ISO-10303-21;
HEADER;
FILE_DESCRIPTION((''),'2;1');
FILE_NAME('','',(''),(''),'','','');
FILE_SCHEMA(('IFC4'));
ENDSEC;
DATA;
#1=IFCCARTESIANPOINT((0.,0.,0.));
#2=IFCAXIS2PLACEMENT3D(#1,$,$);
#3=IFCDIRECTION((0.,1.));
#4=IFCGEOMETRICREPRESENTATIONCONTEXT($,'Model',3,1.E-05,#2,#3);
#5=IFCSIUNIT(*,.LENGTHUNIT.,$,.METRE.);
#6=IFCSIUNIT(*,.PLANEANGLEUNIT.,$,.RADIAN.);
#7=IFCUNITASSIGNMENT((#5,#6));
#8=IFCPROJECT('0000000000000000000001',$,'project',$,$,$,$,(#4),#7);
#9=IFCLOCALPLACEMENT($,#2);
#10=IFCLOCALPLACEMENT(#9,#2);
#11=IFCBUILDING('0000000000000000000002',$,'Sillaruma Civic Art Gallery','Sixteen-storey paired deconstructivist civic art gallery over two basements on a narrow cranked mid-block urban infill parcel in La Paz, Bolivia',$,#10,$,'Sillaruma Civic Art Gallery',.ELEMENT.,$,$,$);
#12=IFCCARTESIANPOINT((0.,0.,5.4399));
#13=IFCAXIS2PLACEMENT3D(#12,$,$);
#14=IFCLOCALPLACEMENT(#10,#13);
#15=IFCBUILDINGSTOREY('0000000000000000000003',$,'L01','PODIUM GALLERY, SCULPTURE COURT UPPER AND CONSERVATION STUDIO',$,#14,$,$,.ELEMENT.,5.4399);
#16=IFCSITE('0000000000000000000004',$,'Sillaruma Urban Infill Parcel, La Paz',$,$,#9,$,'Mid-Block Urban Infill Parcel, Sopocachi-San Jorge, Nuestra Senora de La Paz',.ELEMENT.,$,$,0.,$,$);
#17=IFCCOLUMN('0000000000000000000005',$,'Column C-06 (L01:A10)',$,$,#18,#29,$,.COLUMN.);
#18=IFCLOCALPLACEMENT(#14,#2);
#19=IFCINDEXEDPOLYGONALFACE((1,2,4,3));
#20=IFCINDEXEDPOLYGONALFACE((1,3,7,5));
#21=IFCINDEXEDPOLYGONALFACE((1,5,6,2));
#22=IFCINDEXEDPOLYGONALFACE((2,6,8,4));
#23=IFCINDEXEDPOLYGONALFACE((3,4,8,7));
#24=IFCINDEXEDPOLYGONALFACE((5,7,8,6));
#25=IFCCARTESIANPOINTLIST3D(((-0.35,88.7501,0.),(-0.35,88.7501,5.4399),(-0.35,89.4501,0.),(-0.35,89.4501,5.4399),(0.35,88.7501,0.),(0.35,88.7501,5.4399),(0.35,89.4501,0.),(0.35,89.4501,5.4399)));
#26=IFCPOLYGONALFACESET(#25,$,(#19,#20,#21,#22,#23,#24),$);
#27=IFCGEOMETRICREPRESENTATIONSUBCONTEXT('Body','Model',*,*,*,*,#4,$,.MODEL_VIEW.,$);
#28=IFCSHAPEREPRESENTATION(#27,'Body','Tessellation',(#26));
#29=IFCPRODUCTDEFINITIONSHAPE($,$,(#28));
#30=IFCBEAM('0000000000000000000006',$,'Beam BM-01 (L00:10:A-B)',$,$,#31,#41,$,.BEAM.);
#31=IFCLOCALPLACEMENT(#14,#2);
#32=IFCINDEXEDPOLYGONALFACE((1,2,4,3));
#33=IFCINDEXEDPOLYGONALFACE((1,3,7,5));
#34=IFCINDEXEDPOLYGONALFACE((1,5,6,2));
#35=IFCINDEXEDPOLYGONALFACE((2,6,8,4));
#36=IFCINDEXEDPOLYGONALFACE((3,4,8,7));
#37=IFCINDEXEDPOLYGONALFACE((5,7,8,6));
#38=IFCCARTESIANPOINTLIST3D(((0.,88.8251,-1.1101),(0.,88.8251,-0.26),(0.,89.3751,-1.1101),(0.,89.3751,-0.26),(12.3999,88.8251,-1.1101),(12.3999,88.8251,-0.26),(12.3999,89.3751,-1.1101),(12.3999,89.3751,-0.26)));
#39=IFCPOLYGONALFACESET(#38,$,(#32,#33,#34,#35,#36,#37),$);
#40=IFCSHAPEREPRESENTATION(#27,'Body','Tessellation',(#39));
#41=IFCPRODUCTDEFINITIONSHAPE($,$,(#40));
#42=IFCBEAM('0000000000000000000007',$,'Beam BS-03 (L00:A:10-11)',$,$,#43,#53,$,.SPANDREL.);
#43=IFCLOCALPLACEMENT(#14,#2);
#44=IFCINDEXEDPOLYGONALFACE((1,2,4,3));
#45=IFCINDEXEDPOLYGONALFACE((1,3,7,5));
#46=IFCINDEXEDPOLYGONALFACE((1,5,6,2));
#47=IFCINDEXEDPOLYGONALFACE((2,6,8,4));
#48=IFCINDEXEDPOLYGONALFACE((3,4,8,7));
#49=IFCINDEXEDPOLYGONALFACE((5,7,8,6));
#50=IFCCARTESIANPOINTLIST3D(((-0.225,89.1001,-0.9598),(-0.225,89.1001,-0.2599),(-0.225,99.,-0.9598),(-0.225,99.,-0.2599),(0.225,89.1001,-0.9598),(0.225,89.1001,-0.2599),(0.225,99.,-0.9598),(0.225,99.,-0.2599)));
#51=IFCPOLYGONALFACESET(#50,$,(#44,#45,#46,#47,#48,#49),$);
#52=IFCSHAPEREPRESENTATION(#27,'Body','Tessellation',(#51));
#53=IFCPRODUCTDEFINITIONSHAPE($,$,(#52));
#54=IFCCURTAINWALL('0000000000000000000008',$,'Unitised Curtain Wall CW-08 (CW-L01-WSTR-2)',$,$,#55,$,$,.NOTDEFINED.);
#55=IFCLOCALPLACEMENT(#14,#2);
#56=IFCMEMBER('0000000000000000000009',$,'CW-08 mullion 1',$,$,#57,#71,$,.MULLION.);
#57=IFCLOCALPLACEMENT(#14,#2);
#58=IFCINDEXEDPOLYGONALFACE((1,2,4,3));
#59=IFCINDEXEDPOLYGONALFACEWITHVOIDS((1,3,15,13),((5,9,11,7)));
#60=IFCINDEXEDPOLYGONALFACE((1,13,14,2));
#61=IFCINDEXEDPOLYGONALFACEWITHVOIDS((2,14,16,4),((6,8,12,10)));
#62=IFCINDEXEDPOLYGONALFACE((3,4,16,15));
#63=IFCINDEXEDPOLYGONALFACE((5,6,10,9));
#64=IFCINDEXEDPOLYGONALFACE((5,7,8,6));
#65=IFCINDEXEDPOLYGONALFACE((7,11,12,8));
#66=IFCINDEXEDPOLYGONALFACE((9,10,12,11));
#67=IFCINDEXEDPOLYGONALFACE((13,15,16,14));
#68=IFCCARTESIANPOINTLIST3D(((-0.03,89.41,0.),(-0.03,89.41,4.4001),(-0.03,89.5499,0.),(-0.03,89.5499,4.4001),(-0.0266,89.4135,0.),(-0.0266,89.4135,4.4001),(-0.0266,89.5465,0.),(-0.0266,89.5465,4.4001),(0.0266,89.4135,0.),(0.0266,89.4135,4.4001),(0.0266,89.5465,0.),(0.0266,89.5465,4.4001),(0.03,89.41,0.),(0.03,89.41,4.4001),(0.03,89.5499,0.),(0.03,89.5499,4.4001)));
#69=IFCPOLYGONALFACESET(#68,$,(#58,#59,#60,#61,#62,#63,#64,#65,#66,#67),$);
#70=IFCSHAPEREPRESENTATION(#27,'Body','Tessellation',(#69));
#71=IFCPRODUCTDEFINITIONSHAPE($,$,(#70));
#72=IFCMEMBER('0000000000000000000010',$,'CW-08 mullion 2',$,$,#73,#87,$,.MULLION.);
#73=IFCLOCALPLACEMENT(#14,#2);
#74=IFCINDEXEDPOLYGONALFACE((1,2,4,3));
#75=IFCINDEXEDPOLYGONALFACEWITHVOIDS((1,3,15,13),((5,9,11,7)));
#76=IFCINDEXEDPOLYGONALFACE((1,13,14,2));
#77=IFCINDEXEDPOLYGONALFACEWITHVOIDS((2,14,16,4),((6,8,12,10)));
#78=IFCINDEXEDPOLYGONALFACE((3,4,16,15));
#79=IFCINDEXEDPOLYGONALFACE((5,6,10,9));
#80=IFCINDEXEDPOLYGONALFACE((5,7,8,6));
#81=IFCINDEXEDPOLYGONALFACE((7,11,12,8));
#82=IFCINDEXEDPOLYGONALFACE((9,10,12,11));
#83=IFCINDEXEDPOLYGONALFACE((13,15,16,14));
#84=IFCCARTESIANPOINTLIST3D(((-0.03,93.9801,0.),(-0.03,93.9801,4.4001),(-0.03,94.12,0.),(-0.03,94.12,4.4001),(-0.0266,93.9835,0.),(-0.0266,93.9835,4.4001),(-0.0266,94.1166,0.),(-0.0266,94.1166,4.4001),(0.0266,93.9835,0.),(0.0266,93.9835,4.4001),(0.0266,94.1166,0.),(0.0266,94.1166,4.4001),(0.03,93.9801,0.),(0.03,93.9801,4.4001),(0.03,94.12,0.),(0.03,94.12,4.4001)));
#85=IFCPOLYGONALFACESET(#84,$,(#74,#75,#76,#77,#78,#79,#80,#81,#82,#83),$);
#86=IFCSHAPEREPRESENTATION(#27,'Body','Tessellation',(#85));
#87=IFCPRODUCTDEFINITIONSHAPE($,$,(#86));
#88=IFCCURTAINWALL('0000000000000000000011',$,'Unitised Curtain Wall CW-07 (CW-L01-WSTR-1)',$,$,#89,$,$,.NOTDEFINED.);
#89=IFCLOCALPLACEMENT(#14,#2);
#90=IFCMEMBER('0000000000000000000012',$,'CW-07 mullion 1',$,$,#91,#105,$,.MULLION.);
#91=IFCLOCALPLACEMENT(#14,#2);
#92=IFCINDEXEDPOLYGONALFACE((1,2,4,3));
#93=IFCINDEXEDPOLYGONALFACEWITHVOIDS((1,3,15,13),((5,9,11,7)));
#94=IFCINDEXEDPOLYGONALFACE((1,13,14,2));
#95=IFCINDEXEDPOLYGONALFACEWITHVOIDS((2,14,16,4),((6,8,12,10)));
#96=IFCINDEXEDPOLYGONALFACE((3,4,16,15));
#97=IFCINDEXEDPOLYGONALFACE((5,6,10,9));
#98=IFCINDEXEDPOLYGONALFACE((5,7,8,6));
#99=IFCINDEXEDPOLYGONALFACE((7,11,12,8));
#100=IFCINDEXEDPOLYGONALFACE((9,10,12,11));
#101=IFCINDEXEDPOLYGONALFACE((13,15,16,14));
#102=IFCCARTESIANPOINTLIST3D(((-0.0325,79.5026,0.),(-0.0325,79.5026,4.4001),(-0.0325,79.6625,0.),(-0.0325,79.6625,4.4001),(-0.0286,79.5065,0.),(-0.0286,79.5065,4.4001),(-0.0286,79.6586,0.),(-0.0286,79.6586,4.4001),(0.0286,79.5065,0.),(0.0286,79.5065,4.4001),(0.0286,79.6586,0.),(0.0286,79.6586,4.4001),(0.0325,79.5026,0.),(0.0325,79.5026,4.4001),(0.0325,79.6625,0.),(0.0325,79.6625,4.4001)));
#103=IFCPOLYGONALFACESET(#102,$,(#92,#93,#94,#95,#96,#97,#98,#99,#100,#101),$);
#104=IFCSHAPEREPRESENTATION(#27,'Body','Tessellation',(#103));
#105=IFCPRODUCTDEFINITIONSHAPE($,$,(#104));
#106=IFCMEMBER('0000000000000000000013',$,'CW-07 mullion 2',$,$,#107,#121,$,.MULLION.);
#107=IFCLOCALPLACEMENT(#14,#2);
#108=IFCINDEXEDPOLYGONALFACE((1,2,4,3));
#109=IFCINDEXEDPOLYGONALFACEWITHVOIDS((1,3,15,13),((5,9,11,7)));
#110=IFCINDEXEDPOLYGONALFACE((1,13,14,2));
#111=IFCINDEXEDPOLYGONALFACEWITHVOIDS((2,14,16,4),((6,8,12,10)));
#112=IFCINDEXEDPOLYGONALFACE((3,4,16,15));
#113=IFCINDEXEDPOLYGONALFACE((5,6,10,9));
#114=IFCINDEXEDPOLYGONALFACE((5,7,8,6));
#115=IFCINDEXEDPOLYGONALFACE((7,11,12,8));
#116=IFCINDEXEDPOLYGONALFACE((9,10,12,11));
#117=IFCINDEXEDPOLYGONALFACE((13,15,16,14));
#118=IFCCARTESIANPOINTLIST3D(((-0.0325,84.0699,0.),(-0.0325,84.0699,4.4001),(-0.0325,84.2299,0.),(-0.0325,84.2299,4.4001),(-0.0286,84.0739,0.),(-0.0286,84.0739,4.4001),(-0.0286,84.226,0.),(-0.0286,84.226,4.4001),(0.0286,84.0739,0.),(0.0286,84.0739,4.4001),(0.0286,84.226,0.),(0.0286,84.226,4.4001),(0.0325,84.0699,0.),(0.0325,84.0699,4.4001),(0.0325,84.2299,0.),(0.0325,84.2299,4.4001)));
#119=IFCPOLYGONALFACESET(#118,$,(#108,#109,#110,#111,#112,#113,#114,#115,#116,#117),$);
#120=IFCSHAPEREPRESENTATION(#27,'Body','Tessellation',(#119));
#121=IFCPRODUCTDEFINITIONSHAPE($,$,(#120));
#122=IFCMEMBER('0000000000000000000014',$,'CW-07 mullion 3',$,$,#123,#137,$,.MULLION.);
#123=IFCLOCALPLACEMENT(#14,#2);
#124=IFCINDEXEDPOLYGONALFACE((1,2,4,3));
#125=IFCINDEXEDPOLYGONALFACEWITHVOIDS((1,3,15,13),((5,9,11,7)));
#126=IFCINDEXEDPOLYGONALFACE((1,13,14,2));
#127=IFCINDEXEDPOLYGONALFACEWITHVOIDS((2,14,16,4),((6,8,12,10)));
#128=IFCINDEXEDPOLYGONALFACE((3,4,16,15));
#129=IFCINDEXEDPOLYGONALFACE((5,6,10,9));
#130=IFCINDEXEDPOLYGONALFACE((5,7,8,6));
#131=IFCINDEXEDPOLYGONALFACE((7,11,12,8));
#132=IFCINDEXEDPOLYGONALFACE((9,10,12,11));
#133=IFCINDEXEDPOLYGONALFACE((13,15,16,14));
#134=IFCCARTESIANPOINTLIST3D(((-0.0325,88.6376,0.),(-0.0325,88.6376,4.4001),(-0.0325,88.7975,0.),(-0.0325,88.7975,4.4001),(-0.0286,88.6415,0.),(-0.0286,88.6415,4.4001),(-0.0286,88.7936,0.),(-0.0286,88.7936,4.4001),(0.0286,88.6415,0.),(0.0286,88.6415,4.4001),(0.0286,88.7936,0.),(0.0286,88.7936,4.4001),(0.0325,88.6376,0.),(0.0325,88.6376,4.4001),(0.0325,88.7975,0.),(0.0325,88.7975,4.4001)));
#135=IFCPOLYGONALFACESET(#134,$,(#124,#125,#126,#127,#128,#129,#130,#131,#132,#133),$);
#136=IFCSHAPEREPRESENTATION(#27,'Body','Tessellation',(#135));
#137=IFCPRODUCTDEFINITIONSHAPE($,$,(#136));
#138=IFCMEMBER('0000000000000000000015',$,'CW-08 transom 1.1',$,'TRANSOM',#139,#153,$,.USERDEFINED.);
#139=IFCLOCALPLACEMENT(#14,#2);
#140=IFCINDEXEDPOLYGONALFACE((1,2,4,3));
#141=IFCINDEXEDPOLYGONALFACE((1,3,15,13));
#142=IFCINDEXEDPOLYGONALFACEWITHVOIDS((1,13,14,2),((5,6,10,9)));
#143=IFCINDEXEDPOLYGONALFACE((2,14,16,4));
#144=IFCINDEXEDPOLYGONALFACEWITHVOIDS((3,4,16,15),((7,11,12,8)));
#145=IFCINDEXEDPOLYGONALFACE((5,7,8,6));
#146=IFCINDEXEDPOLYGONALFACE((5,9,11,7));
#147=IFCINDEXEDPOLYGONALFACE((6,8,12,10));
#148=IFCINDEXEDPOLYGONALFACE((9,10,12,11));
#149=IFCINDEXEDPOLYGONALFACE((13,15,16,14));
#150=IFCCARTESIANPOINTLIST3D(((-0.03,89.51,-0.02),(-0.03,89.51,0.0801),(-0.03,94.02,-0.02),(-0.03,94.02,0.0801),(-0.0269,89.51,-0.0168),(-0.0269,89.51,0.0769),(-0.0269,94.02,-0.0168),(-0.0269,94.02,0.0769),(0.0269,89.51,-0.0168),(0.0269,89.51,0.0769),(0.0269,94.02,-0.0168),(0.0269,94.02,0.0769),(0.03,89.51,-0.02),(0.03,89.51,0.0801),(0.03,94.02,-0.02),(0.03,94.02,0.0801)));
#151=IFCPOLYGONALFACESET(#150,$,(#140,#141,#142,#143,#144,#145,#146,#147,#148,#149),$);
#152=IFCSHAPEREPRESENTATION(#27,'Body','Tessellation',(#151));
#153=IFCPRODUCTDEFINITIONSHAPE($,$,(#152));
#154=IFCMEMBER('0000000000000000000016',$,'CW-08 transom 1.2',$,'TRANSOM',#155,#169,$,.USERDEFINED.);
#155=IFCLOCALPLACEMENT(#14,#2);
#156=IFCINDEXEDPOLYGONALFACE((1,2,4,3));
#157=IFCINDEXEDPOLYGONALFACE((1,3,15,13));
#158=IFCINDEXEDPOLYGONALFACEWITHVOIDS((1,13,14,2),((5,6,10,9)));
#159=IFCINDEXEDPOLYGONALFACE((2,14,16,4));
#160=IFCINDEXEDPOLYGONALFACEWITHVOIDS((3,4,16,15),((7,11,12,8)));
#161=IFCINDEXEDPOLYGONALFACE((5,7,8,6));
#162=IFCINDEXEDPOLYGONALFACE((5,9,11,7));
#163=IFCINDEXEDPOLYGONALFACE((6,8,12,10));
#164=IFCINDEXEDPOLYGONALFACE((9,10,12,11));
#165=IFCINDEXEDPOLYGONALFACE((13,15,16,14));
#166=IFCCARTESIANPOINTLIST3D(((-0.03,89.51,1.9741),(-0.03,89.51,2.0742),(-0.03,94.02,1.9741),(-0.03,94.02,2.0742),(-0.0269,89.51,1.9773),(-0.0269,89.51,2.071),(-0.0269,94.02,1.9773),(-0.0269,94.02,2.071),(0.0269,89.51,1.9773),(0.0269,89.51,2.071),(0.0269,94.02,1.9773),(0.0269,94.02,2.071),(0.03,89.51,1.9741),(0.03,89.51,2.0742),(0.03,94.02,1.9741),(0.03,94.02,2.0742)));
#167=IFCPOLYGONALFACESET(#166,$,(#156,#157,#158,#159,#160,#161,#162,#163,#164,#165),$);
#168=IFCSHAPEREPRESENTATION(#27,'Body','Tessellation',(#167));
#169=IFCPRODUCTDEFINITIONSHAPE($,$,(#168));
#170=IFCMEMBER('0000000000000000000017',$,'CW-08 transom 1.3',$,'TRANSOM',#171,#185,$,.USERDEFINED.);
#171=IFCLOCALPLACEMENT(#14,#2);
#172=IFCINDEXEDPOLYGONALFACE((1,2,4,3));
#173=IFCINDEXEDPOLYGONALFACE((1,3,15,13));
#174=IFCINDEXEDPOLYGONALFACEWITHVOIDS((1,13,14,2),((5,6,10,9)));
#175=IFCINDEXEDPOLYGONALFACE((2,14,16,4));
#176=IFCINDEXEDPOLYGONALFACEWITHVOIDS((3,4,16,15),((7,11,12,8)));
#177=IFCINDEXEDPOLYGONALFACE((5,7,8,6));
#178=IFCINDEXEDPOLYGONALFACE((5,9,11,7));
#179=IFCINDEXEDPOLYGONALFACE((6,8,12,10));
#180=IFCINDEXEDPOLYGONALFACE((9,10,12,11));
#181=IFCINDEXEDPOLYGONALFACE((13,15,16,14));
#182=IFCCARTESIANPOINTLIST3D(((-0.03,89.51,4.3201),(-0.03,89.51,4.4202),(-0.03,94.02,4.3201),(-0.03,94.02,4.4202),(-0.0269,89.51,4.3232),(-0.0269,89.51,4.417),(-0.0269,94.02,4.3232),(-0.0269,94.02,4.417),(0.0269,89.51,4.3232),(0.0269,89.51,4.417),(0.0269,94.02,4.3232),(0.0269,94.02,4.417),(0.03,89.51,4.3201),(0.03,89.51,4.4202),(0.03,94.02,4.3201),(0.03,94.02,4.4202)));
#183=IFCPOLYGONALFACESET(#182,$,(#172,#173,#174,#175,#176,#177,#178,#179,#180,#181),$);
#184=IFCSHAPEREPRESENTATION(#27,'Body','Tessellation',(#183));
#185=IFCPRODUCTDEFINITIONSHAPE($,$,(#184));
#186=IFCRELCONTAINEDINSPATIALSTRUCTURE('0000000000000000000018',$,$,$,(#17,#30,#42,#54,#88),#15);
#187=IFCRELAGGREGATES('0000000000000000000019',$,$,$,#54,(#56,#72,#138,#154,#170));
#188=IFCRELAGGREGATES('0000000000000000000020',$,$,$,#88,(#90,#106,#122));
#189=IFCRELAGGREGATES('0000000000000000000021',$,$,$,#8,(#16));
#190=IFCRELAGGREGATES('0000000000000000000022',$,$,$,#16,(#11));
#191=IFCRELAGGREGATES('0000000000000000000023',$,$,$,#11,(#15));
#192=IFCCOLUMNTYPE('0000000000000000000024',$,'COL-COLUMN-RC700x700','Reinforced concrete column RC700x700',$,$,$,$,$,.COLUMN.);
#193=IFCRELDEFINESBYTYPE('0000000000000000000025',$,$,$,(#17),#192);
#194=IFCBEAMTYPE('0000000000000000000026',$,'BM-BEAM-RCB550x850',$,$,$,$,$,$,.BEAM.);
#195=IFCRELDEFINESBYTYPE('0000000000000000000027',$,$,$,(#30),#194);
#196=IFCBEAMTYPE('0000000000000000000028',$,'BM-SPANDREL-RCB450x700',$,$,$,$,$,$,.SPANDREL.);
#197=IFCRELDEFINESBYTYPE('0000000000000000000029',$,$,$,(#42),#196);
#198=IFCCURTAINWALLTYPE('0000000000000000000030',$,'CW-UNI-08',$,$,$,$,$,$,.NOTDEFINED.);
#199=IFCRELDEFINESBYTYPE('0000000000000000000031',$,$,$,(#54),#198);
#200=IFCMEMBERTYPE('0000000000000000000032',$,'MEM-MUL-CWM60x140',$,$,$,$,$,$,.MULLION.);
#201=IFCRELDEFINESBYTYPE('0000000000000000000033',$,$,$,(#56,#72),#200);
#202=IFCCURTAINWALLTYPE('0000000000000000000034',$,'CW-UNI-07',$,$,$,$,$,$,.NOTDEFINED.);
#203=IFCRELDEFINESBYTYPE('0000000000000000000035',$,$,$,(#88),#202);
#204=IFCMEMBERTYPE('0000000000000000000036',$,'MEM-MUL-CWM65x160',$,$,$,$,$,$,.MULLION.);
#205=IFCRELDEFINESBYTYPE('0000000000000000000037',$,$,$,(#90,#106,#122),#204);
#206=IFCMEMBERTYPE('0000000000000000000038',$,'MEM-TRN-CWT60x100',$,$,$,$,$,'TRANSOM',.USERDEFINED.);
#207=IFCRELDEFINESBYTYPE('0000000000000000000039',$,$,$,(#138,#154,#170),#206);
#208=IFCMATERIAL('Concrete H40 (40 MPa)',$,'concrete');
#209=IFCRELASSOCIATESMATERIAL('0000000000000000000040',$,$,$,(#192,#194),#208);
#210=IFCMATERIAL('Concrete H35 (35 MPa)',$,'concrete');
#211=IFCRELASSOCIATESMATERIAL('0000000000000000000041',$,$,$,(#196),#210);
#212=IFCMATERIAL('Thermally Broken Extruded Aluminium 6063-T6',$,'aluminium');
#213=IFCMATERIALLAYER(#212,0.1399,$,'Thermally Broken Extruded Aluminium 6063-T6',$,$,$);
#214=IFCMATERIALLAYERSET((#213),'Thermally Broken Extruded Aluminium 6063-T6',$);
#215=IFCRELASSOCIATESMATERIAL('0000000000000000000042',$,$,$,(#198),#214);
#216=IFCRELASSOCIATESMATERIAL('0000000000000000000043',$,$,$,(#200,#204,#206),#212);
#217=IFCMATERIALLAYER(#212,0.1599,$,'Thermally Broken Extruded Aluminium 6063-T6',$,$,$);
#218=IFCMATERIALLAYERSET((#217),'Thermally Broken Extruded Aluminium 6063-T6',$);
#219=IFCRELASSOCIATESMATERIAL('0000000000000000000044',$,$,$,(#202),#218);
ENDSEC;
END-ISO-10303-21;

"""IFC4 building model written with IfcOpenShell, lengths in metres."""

from ifc_helpers import new_model, si_unit, direction, frame, origin, origin_2d, place, context, subcontext, project, spatial, rectangle, hollow_rectangle, extrude, material, layer, layer_set, material_profile, profile_set, type_object, element, aggregate, save


model = new_model("IFC4")

# Units and contexts
model_context = context("Model", 3, precision=1e-05, world=origin(), true_north=direction((0.0, 1.0)))
body_context = subcontext(model_context, "Body", "Model", "MODEL_VIEW")
ifc_project = project(units=[si_unit("LENGTHUNIT", "METRE"), si_unit("PLANEANGLEUNIT", "RADIAN")], contexts=[model_context])

# Site, building, storey
site_placement = place(None, origin())
site = spatial("IfcSite", under=ifc_project, at=site_placement, Name="Sillaruma Urban Infill Parcel, La Paz", LongName="Mid-Block Urban Infill Parcel, Sopocachi-San Jorge, Nuestra Senora de La Paz", CompositionType="ELEMENT", RefElevation=0.0)
building_placement = place(site_placement, origin())
building = spatial("IfcBuilding", under=site, at=building_placement, Name="Sillaruma Civic Art Gallery", Description="Sixteen-storey paired deconstructivist civic art gallery over two basements on a narrow cranked mid-block urban infill parcel in La Paz, Bolivia", LongName="Sillaruma Civic Art Gallery", CompositionType="ELEMENT")
storey_placement = place(building_placement, frame((0.0, 0.0, 5.4399)))
storey = spatial("IfcBuildingStorey", under=building, at=storey_placement, Name="L01", Description="PODIUM GALLERY, SCULPTURE COURT UPPER AND CONSERVATION STUDIO", CompositionType="ELEMENT", Elevation=5.4399)

# Column
ifc_material_1 = material(Name="Concrete H40 (40 MPa)", Category="concrete")
ifc_material_profile_1 = material_profile(ifc_material_1, rectangle(XDim=0.7, YDim=0.7, at=origin_2d()), Name="RC700x700")
ifc_profile_set_1 = profile_set([ifc_material_profile_1], Name="Concrete H40 (40 MPa)")
column_type = type_object("IfcColumnType", Name="COL-COLUMN-RC700x700", Description="Reinforced concrete column RC700x700", PredefinedType="COLUMN", material=ifc_profile_set_1)
column_placement = place(storey_placement, frame((0.0, 89.1001, 0.0), z_axis=(0.0, 0.0, 1.0), x_axis=(1.0, 0.0, 0.0)))
element("IfcColumn", 1, at=column_placement, inside=storey, type_object=column_type, Name="Column C-06 (L01:A10)", PredefinedType="COLUMN", context=body_context, shape_type="SweptSolid", body=[
    extrude(rectangle(XDim=0.7, YDim=0.7, at=origin_2d()), origin(), (0.0, 0.0, 1.0), 5.4399),
])

# Beams
ifc_material_profile_2 = material_profile(ifc_material_1, rectangle(XDim=0.55, YDim=0.8501, at=origin_2d()), Name="RCB550x850")
ifc_profile_set_2 = profile_set([ifc_material_profile_2], Name="Concrete H40 (40 MPa)")
beam_type_1 = type_object("IfcBeamType", Name="BM-BEAM-RCB550x850", PredefinedType="BEAM", material=ifc_profile_set_2)
beam_1_placement = place(storey_placement, frame((0.0, 89.1001, -0.6851), z_axis=(1.0, 0.0, 0.0), x_axis=(0.0, 1.0, 0.0)))
element("IfcBeam", 2, at=beam_1_placement, inside=storey, type_object=beam_type_1, Name="Beam BM-01 (L00:10:A-B)", PredefinedType="BEAM", context=body_context, shape_type="SweptSolid", body=[
    extrude(rectangle(XDim=0.55, YDim=0.8501, at=origin_2d()), origin(), (0.0, 0.0, 1.0), 12.3999),
])
ifc_material_2 = material(Name="Concrete H35 (35 MPa)", Category="concrete")
ifc_material_profile_3 = material_profile(ifc_material_2, rectangle(XDim=0.45, YDim=0.7, at=origin_2d()), Name="RCB450x700")
ifc_profile_set_3 = profile_set([ifc_material_profile_3], Name="Concrete H35 (35 MPa)")
beam_type_2 = type_object("IfcBeamType", Name="BM-SPANDREL-RCB450x700", PredefinedType="SPANDREL", material=ifc_profile_set_3)
beam_2_placement = place(storey_placement, frame((0.0, 89.1001, -0.6099), z_axis=(0.0, 1.0, 0.0), x_axis=(-1.0, 0.0, 0.0)))
element("IfcBeam", 3, at=beam_2_placement, inside=storey, type_object=beam_type_2, Name="Beam BS-03 (L00:A:10-11)", PredefinedType="SPANDREL", context=body_context, shape_type="SweptSolid", body=[
    extrude(rectangle(XDim=0.45, YDim=0.7, at=origin_2d()), origin(), (0.0, 0.0, 1.0), 9.8999),
])

# Curtain walls, members
ifc_material_3 = material(Name="Thermally Broken Extruded Aluminium 6063-T6", Category="aluminium")
ifc_layer_1 = layer(ifc_material_3, 0.1399, Name="Thermally Broken Extruded Aluminium 6063-T6")
ifc_layer_set_1 = layer_set([ifc_layer_1], Name="Thermally Broken Extruded Aluminium 6063-T6")
curtain_wall_type_1 = type_object("IfcCurtainWallType", Name="CW-UNI-08", PredefinedType="NOTDEFINED", material=ifc_layer_set_1)
curtain_wall_1_placement = place(storey_placement, origin())
curtain_wall_1 = element("IfcCurtainWall", 4, at=curtain_wall_1_placement, inside=storey, type_object=curtain_wall_type_1, Name="Unitised Curtain Wall CW-08 (CW-L01-WSTR-2)", PredefinedType="NOTDEFINED")
ifc_material_profile_4 = material_profile(ifc_material_3, hollow_rectangle(XDim=0.0601, YDim=0.1399, WallThickness=0.0034, at=origin_2d()), Name="CWM60x140")
ifc_profile_set_4 = profile_set([ifc_material_profile_4], Name="Thermally Broken Extruded Aluminium 6063-T6")
member_type_1 = type_object("IfcMemberType", Name="MEM-MUL-CWM60x140", PredefinedType="MULLION", material=ifc_profile_set_4)
member_1_placement = place(storey_placement, frame((0.0, 89.48, 0.0), z_axis=(0.0, 0.0, 1.0), x_axis=(-1.0, 0.0, 0.0)))
member_1 = element("IfcMember", 5, at=member_1_placement, type_object=member_type_1, Name="CW-08 mullion 1", PredefinedType="MULLION", context=body_context, shape_type="SweptSolid", body=[
    extrude(hollow_rectangle(XDim=0.0601, YDim=0.1399, WallThickness=0.0034, at=origin_2d()), origin(), (0.0, 0.0, 1.0), 4.4001),
])
member_2_placement = place(storey_placement, frame((0.0, 94.05, 0.0), z_axis=(0.0, 0.0, 1.0), x_axis=(-1.0, 0.0, 0.0)))
member_2 = element("IfcMember", 6, at=member_2_placement, type_object=member_type_1, Name="CW-08 mullion 2", PredefinedType="MULLION", context=body_context, shape_type="SweptSolid", body=[
    extrude(hollow_rectangle(XDim=0.0601, YDim=0.1399, WallThickness=0.0034, at=origin_2d()), origin(), (0.0, 0.0, 1.0), 4.4001),
])
ifc_layer_2 = layer(ifc_material_3, 0.1599, Name="Thermally Broken Extruded Aluminium 6063-T6")
ifc_layer_set_2 = layer_set([ifc_layer_2], Name="Thermally Broken Extruded Aluminium 6063-T6")
curtain_wall_type_2 = type_object("IfcCurtainWallType", Name="CW-UNI-07", PredefinedType="NOTDEFINED", material=ifc_layer_set_2)
curtain_wall_2_placement = place(storey_placement, origin())
curtain_wall_2 = element("IfcCurtainWall", 7, at=curtain_wall_2_placement, inside=storey, type_object=curtain_wall_type_2, Name="Unitised Curtain Wall CW-07 (CW-L01-WSTR-1)", PredefinedType="NOTDEFINED")
ifc_material_profile_5 = material_profile(ifc_material_3, hollow_rectangle(XDim=0.0649, YDim=0.1599, WallThickness=0.0039, at=origin_2d()), Name="CWM65x160")
ifc_profile_set_5 = profile_set([ifc_material_profile_5], Name="Thermally Broken Extruded Aluminium 6063-T6")
member_type_2 = type_object("IfcMemberType", Name="MEM-MUL-CWM65x160", PredefinedType="MULLION", material=ifc_profile_set_5)
member_3_placement = place(storey_placement, frame((0.0, 79.5825, 0.0), z_axis=(0.0, 0.0, 1.0), x_axis=(-1.0, 0.0, 0.0)))
member_3 = element("IfcMember", 8, at=member_3_placement, type_object=member_type_2, Name="CW-07 mullion 1", PredefinedType="MULLION", context=body_context, shape_type="SweptSolid", body=[
    extrude(hollow_rectangle(XDim=0.0649, YDim=0.1599, WallThickness=0.0039, at=origin_2d()), origin(), (0.0, 0.0, 1.0), 4.4001),
])
member_4_placement = place(storey_placement, frame((0.0, 84.1499, 0.0), z_axis=(0.0, 0.0, 1.0), x_axis=(-1.0, 0.0, 0.0)))
member_4 = element("IfcMember", 9, at=member_4_placement, type_object=member_type_2, Name="CW-07 mullion 2", PredefinedType="MULLION", context=body_context, shape_type="SweptSolid", body=[
    extrude(hollow_rectangle(XDim=0.0649, YDim=0.1599, WallThickness=0.0039, at=origin_2d()), origin(), (0.0, 0.0, 1.0), 4.4001),
])
member_5_placement = place(storey_placement, frame((0.0, 88.7175, 0.0), z_axis=(0.0, 0.0, 1.0), x_axis=(-1.0, 0.0, 0.0)))
member_5 = element("IfcMember", 10, at=member_5_placement, type_object=member_type_2, Name="CW-07 mullion 3", PredefinedType="MULLION", context=body_context, shape_type="SweptSolid", body=[
    extrude(hollow_rectangle(XDim=0.0649, YDim=0.1599, WallThickness=0.0039, at=origin_2d()), origin(), (0.0, 0.0, 1.0), 4.4001),
])

# Members
ifc_material_profile_6 = material_profile(ifc_material_3, hollow_rectangle(XDim=0.0601, YDim=0.1001, WallThickness=0.0032, at=origin_2d()), Name="CWT60x100")
ifc_profile_set_6 = profile_set([ifc_material_profile_6], Name="Thermally Broken Extruded Aluminium 6063-T6")
member_type_3 = type_object("IfcMemberType", Name="MEM-TRN-CWT60x100", ElementType="TRANSOM", PredefinedType="USERDEFINED", material=ifc_profile_set_6)
member_6_placement = place(storey_placement, frame((0.0, 89.51, 0.03), z_axis=(0.0, 1.0, 0.0), x_axis=(-1.0, 0.0, 0.0)))
member_6 = element("IfcMember", 11, at=member_6_placement, type_object=member_type_3, Name="CW-08 transom 1.1", ObjectType="TRANSOM", PredefinedType="USERDEFINED", context=body_context, shape_type="SweptSolid", body=[
    extrude(hollow_rectangle(XDim=0.0601, YDim=0.1001, WallThickness=0.0032, at=origin_2d()), origin(), (0.0, 0.0, 1.0), 4.51),
])
member_7_placement = place(storey_placement, frame((0.0, 89.51, 2.0242), z_axis=(0.0, 1.0, 0.0), x_axis=(-1.0, 0.0, 0.0)))
member_7 = element("IfcMember", 12, at=member_7_placement, type_object=member_type_3, Name="CW-08 transom 1.2", ObjectType="TRANSOM", PredefinedType="USERDEFINED", context=body_context, shape_type="SweptSolid", body=[
    extrude(hollow_rectangle(XDim=0.0601, YDim=0.1001, WallThickness=0.0032, at=origin_2d()), origin(), (0.0, 0.0, 1.0), 4.51),
])
member_8_placement = place(storey_placement, frame((0.0, 89.51, 4.3701), z_axis=(0.0, 1.0, 0.0), x_axis=(-1.0, 0.0, 0.0)))
member_8 = element("IfcMember", 13, at=member_8_placement, type_object=member_type_3, Name="CW-08 transom 1.3", ObjectType="TRANSOM", PredefinedType="USERDEFINED", context=body_context, shape_type="SweptSolid", body=[
    extrude(hollow_rectangle(XDim=0.0601, YDim=0.1001, WallThickness=0.0032, at=origin_2d()), origin(), (0.0, 0.0, 1.0), 4.51),
])

aggregate(curtain_wall_1, [member_1, member_2, member_6, member_7, member_8])
aggregate(curtain_wall_2, [member_3, member_4, member_5])

save(model, "model.ifc")
